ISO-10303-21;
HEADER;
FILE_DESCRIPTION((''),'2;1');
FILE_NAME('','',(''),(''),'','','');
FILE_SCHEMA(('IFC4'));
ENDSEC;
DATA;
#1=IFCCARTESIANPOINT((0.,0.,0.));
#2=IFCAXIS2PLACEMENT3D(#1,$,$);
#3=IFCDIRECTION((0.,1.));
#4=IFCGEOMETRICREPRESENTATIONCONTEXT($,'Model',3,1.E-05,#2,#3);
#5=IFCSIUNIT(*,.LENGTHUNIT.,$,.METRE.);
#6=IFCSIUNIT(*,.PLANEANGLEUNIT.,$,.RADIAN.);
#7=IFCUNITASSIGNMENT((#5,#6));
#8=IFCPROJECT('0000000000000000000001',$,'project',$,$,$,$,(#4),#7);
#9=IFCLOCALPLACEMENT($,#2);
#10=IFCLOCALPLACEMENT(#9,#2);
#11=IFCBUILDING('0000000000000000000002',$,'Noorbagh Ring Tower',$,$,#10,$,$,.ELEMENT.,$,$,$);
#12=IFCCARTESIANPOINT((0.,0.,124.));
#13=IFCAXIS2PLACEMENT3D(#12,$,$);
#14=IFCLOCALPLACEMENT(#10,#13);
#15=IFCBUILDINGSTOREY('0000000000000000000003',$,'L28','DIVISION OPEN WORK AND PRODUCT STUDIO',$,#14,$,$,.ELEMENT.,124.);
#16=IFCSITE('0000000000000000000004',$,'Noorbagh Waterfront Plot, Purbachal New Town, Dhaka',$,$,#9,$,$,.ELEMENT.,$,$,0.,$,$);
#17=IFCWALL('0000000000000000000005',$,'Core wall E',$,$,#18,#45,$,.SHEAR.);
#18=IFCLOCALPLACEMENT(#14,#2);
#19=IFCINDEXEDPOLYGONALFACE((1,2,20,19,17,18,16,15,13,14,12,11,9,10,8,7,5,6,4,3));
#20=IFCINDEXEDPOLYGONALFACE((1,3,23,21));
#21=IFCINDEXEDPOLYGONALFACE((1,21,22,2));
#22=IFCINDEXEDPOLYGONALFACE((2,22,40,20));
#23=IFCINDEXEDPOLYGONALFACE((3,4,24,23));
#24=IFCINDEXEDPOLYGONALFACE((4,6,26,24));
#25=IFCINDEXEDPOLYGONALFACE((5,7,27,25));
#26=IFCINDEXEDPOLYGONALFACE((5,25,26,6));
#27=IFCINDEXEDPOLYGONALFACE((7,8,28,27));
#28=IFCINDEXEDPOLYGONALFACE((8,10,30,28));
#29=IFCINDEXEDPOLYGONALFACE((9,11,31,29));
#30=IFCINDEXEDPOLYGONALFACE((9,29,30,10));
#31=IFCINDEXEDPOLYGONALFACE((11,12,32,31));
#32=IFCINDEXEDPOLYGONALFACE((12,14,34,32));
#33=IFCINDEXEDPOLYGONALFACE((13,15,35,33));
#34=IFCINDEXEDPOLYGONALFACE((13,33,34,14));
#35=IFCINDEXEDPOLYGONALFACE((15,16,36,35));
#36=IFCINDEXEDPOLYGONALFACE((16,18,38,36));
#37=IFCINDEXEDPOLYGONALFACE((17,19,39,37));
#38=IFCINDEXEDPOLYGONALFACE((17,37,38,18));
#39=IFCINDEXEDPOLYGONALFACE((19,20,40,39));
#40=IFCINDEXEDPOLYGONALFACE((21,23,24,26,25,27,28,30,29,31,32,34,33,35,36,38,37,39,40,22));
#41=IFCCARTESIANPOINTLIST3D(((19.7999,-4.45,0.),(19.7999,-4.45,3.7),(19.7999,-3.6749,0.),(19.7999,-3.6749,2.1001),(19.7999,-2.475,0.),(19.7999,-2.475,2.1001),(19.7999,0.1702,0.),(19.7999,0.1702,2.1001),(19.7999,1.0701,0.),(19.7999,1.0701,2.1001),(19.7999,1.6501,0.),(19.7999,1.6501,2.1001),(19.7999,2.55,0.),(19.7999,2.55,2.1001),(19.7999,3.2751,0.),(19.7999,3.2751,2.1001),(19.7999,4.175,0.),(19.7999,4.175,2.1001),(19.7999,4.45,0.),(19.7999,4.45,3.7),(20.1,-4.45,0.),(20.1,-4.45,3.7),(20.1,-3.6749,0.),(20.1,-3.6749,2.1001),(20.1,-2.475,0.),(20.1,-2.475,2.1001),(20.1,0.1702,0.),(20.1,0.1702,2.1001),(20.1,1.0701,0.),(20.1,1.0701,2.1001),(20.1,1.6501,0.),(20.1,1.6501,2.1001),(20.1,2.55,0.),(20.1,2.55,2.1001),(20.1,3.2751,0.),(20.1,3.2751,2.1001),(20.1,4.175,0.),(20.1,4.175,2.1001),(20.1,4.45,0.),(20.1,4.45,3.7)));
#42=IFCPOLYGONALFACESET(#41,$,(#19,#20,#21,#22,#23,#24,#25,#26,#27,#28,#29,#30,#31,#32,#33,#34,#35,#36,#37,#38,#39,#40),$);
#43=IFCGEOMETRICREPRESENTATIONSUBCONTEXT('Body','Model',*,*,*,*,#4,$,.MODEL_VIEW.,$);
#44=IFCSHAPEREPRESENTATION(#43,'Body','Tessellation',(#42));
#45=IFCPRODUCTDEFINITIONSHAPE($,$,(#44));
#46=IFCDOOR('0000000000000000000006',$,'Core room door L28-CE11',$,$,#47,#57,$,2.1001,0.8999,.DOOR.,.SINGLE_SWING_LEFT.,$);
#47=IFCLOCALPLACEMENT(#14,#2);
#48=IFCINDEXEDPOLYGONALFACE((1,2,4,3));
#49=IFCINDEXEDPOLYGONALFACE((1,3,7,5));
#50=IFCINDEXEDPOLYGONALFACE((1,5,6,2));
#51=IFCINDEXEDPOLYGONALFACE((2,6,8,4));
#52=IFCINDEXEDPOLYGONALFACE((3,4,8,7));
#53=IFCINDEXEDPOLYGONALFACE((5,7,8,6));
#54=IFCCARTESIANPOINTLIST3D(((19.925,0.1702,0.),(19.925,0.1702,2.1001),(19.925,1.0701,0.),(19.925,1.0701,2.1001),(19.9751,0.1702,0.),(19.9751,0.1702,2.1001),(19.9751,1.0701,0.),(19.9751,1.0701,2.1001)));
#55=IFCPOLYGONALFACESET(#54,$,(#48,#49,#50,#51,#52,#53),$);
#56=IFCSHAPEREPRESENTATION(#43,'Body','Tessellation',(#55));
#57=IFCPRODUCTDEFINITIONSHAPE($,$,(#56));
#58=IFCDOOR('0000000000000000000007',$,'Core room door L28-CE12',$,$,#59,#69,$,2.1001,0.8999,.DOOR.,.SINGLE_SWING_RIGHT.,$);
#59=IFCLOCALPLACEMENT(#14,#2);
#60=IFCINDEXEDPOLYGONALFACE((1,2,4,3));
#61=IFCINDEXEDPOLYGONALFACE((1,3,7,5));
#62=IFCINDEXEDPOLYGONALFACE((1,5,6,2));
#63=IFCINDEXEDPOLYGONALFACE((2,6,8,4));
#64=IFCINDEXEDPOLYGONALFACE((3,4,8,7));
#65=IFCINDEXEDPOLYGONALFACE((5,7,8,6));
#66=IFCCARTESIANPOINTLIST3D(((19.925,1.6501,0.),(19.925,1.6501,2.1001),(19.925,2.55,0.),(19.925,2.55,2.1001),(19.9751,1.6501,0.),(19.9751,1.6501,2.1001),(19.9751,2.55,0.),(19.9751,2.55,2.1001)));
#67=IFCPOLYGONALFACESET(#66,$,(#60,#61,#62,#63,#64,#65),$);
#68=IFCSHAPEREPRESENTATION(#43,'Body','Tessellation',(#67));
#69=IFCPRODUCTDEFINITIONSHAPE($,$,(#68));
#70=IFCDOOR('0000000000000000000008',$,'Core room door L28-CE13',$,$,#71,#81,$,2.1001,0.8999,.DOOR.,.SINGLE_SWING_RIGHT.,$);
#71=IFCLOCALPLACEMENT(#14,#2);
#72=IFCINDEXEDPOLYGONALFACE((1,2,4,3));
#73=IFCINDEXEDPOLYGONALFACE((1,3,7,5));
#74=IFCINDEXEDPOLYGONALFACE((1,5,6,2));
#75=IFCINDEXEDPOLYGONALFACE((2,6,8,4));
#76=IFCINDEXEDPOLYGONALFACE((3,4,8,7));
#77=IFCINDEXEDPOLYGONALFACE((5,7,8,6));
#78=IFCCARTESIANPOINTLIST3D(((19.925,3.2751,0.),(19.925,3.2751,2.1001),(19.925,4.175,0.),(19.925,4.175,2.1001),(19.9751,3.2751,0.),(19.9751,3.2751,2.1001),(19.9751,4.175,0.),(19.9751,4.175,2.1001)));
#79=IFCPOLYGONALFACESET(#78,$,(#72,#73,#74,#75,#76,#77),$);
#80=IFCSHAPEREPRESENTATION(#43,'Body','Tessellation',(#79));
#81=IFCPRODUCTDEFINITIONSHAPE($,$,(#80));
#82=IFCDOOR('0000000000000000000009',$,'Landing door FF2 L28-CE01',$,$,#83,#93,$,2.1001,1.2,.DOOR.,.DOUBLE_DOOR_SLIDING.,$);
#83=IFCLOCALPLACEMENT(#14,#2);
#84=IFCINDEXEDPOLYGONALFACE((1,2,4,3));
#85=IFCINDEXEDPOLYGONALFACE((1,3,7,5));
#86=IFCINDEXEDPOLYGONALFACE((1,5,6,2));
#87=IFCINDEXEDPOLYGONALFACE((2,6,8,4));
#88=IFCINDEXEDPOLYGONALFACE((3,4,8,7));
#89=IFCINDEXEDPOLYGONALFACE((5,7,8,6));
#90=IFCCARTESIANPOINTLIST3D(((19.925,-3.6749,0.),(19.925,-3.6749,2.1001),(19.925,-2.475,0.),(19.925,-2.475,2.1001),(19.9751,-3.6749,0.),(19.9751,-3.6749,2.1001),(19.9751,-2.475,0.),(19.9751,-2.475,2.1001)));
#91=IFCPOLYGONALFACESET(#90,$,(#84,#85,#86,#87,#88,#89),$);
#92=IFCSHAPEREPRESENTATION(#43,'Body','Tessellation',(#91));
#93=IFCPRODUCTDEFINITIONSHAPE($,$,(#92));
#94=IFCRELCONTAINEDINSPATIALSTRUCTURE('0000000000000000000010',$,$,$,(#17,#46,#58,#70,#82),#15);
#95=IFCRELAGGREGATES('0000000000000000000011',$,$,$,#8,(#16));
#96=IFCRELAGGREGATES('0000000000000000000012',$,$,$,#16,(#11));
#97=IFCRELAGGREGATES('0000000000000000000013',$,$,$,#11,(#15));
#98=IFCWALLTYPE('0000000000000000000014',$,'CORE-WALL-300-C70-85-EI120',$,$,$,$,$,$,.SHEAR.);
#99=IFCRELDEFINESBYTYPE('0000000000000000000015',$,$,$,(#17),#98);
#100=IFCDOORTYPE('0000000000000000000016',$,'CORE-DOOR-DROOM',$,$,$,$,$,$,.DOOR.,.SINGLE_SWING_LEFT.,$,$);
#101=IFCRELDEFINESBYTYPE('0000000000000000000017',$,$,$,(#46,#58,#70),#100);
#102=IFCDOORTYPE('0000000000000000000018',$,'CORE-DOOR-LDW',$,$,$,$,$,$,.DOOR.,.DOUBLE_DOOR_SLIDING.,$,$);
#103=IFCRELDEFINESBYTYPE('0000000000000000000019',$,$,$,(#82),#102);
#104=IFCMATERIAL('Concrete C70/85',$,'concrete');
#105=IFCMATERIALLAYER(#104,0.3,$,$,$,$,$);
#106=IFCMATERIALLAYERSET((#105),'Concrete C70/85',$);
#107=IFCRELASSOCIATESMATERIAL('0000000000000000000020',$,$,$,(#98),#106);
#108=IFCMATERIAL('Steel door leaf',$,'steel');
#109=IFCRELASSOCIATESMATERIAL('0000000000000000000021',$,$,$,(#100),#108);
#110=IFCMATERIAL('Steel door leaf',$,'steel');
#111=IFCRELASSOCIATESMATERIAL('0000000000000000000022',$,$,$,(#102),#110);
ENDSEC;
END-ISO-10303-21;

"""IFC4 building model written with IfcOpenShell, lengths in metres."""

from ifc_helpers import new_model, si_unit, direction, frame, frame_2d, origin, place, context, subcontext, project, spatial, rectangle, extrude, material, layer, layer_set, type_object, element, fill, save


model = new_model("IFC4")

# Units and contexts
model_context = context("Model", 3, precision=1e-05, world=origin(), true_north=direction((0.0, 1.0)))
body_context = subcontext(model_context, "Body", "Model", "MODEL_VIEW")
ifc_project = project(units=[si_unit("LENGTHUNIT", "METRE"), si_unit("PLANEANGLEUNIT", "RADIAN")], contexts=[model_context])

# Site, building, storey
site_placement = place(None, origin())
site = spatial("IfcSite", under=ifc_project, at=site_placement, Name="Noorbagh Waterfront Plot, Purbachal New Town, Dhaka", CompositionType="ELEMENT", RefElevation=0.0)
building_placement = place(site_placement, origin())
building = spatial("IfcBuilding", under=site, at=building_placement, Name="Noorbagh Ring Tower", CompositionType="ELEMENT")
storey_placement = place(building_placement, frame((0.0, 0.0, 124.0)))
storey = spatial("IfcBuildingStorey", under=building, at=storey_placement, Name="L28", Description="DIVISION OPEN WORK AND PRODUCT STUDIO", CompositionType="ELEMENT", Elevation=124.0)

# Shared definitions
ifc_material_1 = material(Name="Concrete C70/85", Category="concrete")
ifc_layer_1 = layer(ifc_material_1, 0.3)
ifc_layer_set_1 = layer_set([ifc_layer_1], Name="Concrete C70/85")
wall_type_1 = type_object("IfcWallType", Name="CORE-WALL-300-C70-85-EI120", PredefinedType="SHEAR", material=ifc_layer_set_1)

# Wall, openings, doors
wall_1_placement = place(storey_placement, frame((19.95, -4.45, 0.0), z_axis=(0.0, 0.0, 1.0), x_axis=(0.0, 1.0, 0.0)))
wall_1 = element("IfcWall", 1, at=wall_1_placement, inside=storey, type_object=wall_type_1, Name="Core wall E", PredefinedType="SHEAR", context=body_context, shape_type="SweptSolid", body=[
    extrude(rectangle(XDim=8.8999, YDim=0.3, at=frame_2d((4.45, 0.0))), origin(), (0.0, 0.0, 1.0), 3.7),
])
opening_1_placement = place(wall_1_placement, frame((0.7749, 0.0, 0.0)))
opening_1 = element("IfcOpeningElement", 2, at=opening_1_placement, cuts=wall_1, PredefinedType="OPENING", context=body_context, shape_type="SweptSolid", body=[
    extrude(rectangle(XDim=1.2, YDim=2.1001, at=frame_2d((0.6001, 1.05))), frame((0.0, 0.1602, 0.0), z_axis=(0.0, -1.0, 0.0), x_axis=(1.0, 0.0, 0.0)), (0.0, 0.0, 1.0), 0.3201),
])
opening_2_placement = place(wall_1_placement, frame((4.6201, 0.0, 0.0)))
opening_2 = element("IfcOpeningElement", 3, at=opening_2_placement, cuts=wall_1, PredefinedType="OPENING", context=body_context, shape_type="SweptSolid", body=[
    extrude(rectangle(XDim=0.8999, YDim=2.1001, at=frame_2d((0.45, 1.05))), frame((0.0, 0.1602, 0.0), z_axis=(0.0, -1.0, 0.0), x_axis=(1.0, 0.0, 0.0)), (0.0, 0.0, 1.0), 0.3201),
])
opening_3_placement = place(wall_1_placement, frame((6.1001, 0.0, 0.0)))
opening_3 = element("IfcOpeningElement", 4, at=opening_3_placement, cuts=wall_1, PredefinedType="OPENING", context=body_context, shape_type="SweptSolid", body=[
    extrude(rectangle(XDim=0.8999, YDim=2.1001, at=frame_2d((0.45, 1.05))), frame((0.0, 0.1602, 0.0), z_axis=(0.0, -1.0, 0.0), x_axis=(1.0, 0.0, 0.0)), (0.0, 0.0, 1.0), 0.3201),
])
opening_4_placement = place(wall_1_placement, frame((7.7251, 0.0, 0.0)))
opening_4 = element("IfcOpeningElement", 5, at=opening_4_placement, cuts=wall_1, PredefinedType="OPENING", context=body_context, shape_type="SweptSolid", body=[
    extrude(rectangle(XDim=0.8999, YDim=2.1001, at=frame_2d((0.45, 1.05))), frame((0.0, 0.1602, 0.0), z_axis=(0.0, -1.0, 0.0), x_axis=(1.0, 0.0, 0.0)), (0.0, 0.0, 1.0), 0.3201),
])
ifc_material_2 = material(Name="Steel door leaf", Category="steel")
door_type_1 = type_object("IfcDoorType", Name="CORE-DOOR-DROOM", OperationType="SINGLE_SWING_LEFT", PredefinedType="DOOR", material=ifc_material_2)
door_1_placement = place(opening_2_placement, origin())
door_1 = element("IfcDoor", 6, at=door_1_placement, inside=storey, type_object=door_type_1, Name="Core room door L28-CE11", OperationType="SINGLE_SWING_LEFT", OverallHeight=2.1001, OverallWidth=0.8999, PredefinedType="DOOR", context=body_context, shape_type="SweptSolid", body=[
    extrude(rectangle(XDim=0.8999, YDim=2.1001, at=frame_2d((0.45, 1.05))), frame((0.0, 0.0249, 0.0), z_axis=(0.0, -1.0, 0.0), x_axis=(1.0, 0.0, 0.0)), (0.0, 0.0, 1.0), 0.05),
])
fill(opening_2, door_1)
door_2_placement = place(opening_3_placement, origin())
door_2 = element("IfcDoor", 7, at=door_2_placement, inside=storey, type_object=door_type_1, Name="Core room door L28-CE12", OperationType="SINGLE_SWING_RIGHT", OverallHeight=2.1001, OverallWidth=0.8999, PredefinedType="DOOR", context=body_context, shape_type="SweptSolid", body=[
    extrude(rectangle(XDim=0.8999, YDim=2.1001, at=frame_2d((0.45, 1.05))), frame((0.0, 0.0249, 0.0), z_axis=(0.0, -1.0, 0.0), x_axis=(1.0, 0.0, 0.0)), (0.0, 0.0, 1.0), 0.05),
])
fill(opening_3, door_2)
door_3_placement = place(opening_4_placement, origin())
door_3 = element("IfcDoor", 8, at=door_3_placement, inside=storey, type_object=door_type_1, Name="Core room door L28-CE13", OperationType="SINGLE_SWING_RIGHT", OverallHeight=2.1001, OverallWidth=0.8999, PredefinedType="DOOR", context=body_context, shape_type="SweptSolid", body=[
    extrude(rectangle(XDim=0.8999, YDim=2.1001, at=frame_2d((0.45, 1.05))), frame((0.0, 0.0249, 0.0), z_axis=(0.0, -1.0, 0.0), x_axis=(1.0, 0.0, 0.0)), (0.0, 0.0, 1.0), 0.05),
])
fill(opening_4, door_3)
ifc_material_3 = material(Name="Steel door leaf", Category="steel")
door_type_2 = type_object("IfcDoorType", Name="CORE-DOOR-LDW", OperationType="DOUBLE_DOOR_SLIDING", PredefinedType="DOOR", material=ifc_material_3)
door_4_placement = place(opening_1_placement, origin())
door_4 = element("IfcDoor", 9, at=door_4_placement, inside=storey, type_object=door_type_2, Name="Landing door FF2 L28-CE01", OperationType="DOUBLE_DOOR_SLIDING", OverallHeight=2.1001, OverallWidth=1.2, PredefinedType="DOOR", context=body_context, shape_type="SweptSolid", body=[
    extrude(rectangle(XDim=1.2, YDim=2.1001, at=frame_2d((0.6001, 1.05))), frame((0.0, 0.0249, 0.0), z_axis=(0.0, -1.0, 0.0), x_axis=(1.0, 0.0, 0.0)), (0.0, 0.0, 1.0), 0.05),
])
fill(opening_1, door_4)

save(model, "model.ifc")
